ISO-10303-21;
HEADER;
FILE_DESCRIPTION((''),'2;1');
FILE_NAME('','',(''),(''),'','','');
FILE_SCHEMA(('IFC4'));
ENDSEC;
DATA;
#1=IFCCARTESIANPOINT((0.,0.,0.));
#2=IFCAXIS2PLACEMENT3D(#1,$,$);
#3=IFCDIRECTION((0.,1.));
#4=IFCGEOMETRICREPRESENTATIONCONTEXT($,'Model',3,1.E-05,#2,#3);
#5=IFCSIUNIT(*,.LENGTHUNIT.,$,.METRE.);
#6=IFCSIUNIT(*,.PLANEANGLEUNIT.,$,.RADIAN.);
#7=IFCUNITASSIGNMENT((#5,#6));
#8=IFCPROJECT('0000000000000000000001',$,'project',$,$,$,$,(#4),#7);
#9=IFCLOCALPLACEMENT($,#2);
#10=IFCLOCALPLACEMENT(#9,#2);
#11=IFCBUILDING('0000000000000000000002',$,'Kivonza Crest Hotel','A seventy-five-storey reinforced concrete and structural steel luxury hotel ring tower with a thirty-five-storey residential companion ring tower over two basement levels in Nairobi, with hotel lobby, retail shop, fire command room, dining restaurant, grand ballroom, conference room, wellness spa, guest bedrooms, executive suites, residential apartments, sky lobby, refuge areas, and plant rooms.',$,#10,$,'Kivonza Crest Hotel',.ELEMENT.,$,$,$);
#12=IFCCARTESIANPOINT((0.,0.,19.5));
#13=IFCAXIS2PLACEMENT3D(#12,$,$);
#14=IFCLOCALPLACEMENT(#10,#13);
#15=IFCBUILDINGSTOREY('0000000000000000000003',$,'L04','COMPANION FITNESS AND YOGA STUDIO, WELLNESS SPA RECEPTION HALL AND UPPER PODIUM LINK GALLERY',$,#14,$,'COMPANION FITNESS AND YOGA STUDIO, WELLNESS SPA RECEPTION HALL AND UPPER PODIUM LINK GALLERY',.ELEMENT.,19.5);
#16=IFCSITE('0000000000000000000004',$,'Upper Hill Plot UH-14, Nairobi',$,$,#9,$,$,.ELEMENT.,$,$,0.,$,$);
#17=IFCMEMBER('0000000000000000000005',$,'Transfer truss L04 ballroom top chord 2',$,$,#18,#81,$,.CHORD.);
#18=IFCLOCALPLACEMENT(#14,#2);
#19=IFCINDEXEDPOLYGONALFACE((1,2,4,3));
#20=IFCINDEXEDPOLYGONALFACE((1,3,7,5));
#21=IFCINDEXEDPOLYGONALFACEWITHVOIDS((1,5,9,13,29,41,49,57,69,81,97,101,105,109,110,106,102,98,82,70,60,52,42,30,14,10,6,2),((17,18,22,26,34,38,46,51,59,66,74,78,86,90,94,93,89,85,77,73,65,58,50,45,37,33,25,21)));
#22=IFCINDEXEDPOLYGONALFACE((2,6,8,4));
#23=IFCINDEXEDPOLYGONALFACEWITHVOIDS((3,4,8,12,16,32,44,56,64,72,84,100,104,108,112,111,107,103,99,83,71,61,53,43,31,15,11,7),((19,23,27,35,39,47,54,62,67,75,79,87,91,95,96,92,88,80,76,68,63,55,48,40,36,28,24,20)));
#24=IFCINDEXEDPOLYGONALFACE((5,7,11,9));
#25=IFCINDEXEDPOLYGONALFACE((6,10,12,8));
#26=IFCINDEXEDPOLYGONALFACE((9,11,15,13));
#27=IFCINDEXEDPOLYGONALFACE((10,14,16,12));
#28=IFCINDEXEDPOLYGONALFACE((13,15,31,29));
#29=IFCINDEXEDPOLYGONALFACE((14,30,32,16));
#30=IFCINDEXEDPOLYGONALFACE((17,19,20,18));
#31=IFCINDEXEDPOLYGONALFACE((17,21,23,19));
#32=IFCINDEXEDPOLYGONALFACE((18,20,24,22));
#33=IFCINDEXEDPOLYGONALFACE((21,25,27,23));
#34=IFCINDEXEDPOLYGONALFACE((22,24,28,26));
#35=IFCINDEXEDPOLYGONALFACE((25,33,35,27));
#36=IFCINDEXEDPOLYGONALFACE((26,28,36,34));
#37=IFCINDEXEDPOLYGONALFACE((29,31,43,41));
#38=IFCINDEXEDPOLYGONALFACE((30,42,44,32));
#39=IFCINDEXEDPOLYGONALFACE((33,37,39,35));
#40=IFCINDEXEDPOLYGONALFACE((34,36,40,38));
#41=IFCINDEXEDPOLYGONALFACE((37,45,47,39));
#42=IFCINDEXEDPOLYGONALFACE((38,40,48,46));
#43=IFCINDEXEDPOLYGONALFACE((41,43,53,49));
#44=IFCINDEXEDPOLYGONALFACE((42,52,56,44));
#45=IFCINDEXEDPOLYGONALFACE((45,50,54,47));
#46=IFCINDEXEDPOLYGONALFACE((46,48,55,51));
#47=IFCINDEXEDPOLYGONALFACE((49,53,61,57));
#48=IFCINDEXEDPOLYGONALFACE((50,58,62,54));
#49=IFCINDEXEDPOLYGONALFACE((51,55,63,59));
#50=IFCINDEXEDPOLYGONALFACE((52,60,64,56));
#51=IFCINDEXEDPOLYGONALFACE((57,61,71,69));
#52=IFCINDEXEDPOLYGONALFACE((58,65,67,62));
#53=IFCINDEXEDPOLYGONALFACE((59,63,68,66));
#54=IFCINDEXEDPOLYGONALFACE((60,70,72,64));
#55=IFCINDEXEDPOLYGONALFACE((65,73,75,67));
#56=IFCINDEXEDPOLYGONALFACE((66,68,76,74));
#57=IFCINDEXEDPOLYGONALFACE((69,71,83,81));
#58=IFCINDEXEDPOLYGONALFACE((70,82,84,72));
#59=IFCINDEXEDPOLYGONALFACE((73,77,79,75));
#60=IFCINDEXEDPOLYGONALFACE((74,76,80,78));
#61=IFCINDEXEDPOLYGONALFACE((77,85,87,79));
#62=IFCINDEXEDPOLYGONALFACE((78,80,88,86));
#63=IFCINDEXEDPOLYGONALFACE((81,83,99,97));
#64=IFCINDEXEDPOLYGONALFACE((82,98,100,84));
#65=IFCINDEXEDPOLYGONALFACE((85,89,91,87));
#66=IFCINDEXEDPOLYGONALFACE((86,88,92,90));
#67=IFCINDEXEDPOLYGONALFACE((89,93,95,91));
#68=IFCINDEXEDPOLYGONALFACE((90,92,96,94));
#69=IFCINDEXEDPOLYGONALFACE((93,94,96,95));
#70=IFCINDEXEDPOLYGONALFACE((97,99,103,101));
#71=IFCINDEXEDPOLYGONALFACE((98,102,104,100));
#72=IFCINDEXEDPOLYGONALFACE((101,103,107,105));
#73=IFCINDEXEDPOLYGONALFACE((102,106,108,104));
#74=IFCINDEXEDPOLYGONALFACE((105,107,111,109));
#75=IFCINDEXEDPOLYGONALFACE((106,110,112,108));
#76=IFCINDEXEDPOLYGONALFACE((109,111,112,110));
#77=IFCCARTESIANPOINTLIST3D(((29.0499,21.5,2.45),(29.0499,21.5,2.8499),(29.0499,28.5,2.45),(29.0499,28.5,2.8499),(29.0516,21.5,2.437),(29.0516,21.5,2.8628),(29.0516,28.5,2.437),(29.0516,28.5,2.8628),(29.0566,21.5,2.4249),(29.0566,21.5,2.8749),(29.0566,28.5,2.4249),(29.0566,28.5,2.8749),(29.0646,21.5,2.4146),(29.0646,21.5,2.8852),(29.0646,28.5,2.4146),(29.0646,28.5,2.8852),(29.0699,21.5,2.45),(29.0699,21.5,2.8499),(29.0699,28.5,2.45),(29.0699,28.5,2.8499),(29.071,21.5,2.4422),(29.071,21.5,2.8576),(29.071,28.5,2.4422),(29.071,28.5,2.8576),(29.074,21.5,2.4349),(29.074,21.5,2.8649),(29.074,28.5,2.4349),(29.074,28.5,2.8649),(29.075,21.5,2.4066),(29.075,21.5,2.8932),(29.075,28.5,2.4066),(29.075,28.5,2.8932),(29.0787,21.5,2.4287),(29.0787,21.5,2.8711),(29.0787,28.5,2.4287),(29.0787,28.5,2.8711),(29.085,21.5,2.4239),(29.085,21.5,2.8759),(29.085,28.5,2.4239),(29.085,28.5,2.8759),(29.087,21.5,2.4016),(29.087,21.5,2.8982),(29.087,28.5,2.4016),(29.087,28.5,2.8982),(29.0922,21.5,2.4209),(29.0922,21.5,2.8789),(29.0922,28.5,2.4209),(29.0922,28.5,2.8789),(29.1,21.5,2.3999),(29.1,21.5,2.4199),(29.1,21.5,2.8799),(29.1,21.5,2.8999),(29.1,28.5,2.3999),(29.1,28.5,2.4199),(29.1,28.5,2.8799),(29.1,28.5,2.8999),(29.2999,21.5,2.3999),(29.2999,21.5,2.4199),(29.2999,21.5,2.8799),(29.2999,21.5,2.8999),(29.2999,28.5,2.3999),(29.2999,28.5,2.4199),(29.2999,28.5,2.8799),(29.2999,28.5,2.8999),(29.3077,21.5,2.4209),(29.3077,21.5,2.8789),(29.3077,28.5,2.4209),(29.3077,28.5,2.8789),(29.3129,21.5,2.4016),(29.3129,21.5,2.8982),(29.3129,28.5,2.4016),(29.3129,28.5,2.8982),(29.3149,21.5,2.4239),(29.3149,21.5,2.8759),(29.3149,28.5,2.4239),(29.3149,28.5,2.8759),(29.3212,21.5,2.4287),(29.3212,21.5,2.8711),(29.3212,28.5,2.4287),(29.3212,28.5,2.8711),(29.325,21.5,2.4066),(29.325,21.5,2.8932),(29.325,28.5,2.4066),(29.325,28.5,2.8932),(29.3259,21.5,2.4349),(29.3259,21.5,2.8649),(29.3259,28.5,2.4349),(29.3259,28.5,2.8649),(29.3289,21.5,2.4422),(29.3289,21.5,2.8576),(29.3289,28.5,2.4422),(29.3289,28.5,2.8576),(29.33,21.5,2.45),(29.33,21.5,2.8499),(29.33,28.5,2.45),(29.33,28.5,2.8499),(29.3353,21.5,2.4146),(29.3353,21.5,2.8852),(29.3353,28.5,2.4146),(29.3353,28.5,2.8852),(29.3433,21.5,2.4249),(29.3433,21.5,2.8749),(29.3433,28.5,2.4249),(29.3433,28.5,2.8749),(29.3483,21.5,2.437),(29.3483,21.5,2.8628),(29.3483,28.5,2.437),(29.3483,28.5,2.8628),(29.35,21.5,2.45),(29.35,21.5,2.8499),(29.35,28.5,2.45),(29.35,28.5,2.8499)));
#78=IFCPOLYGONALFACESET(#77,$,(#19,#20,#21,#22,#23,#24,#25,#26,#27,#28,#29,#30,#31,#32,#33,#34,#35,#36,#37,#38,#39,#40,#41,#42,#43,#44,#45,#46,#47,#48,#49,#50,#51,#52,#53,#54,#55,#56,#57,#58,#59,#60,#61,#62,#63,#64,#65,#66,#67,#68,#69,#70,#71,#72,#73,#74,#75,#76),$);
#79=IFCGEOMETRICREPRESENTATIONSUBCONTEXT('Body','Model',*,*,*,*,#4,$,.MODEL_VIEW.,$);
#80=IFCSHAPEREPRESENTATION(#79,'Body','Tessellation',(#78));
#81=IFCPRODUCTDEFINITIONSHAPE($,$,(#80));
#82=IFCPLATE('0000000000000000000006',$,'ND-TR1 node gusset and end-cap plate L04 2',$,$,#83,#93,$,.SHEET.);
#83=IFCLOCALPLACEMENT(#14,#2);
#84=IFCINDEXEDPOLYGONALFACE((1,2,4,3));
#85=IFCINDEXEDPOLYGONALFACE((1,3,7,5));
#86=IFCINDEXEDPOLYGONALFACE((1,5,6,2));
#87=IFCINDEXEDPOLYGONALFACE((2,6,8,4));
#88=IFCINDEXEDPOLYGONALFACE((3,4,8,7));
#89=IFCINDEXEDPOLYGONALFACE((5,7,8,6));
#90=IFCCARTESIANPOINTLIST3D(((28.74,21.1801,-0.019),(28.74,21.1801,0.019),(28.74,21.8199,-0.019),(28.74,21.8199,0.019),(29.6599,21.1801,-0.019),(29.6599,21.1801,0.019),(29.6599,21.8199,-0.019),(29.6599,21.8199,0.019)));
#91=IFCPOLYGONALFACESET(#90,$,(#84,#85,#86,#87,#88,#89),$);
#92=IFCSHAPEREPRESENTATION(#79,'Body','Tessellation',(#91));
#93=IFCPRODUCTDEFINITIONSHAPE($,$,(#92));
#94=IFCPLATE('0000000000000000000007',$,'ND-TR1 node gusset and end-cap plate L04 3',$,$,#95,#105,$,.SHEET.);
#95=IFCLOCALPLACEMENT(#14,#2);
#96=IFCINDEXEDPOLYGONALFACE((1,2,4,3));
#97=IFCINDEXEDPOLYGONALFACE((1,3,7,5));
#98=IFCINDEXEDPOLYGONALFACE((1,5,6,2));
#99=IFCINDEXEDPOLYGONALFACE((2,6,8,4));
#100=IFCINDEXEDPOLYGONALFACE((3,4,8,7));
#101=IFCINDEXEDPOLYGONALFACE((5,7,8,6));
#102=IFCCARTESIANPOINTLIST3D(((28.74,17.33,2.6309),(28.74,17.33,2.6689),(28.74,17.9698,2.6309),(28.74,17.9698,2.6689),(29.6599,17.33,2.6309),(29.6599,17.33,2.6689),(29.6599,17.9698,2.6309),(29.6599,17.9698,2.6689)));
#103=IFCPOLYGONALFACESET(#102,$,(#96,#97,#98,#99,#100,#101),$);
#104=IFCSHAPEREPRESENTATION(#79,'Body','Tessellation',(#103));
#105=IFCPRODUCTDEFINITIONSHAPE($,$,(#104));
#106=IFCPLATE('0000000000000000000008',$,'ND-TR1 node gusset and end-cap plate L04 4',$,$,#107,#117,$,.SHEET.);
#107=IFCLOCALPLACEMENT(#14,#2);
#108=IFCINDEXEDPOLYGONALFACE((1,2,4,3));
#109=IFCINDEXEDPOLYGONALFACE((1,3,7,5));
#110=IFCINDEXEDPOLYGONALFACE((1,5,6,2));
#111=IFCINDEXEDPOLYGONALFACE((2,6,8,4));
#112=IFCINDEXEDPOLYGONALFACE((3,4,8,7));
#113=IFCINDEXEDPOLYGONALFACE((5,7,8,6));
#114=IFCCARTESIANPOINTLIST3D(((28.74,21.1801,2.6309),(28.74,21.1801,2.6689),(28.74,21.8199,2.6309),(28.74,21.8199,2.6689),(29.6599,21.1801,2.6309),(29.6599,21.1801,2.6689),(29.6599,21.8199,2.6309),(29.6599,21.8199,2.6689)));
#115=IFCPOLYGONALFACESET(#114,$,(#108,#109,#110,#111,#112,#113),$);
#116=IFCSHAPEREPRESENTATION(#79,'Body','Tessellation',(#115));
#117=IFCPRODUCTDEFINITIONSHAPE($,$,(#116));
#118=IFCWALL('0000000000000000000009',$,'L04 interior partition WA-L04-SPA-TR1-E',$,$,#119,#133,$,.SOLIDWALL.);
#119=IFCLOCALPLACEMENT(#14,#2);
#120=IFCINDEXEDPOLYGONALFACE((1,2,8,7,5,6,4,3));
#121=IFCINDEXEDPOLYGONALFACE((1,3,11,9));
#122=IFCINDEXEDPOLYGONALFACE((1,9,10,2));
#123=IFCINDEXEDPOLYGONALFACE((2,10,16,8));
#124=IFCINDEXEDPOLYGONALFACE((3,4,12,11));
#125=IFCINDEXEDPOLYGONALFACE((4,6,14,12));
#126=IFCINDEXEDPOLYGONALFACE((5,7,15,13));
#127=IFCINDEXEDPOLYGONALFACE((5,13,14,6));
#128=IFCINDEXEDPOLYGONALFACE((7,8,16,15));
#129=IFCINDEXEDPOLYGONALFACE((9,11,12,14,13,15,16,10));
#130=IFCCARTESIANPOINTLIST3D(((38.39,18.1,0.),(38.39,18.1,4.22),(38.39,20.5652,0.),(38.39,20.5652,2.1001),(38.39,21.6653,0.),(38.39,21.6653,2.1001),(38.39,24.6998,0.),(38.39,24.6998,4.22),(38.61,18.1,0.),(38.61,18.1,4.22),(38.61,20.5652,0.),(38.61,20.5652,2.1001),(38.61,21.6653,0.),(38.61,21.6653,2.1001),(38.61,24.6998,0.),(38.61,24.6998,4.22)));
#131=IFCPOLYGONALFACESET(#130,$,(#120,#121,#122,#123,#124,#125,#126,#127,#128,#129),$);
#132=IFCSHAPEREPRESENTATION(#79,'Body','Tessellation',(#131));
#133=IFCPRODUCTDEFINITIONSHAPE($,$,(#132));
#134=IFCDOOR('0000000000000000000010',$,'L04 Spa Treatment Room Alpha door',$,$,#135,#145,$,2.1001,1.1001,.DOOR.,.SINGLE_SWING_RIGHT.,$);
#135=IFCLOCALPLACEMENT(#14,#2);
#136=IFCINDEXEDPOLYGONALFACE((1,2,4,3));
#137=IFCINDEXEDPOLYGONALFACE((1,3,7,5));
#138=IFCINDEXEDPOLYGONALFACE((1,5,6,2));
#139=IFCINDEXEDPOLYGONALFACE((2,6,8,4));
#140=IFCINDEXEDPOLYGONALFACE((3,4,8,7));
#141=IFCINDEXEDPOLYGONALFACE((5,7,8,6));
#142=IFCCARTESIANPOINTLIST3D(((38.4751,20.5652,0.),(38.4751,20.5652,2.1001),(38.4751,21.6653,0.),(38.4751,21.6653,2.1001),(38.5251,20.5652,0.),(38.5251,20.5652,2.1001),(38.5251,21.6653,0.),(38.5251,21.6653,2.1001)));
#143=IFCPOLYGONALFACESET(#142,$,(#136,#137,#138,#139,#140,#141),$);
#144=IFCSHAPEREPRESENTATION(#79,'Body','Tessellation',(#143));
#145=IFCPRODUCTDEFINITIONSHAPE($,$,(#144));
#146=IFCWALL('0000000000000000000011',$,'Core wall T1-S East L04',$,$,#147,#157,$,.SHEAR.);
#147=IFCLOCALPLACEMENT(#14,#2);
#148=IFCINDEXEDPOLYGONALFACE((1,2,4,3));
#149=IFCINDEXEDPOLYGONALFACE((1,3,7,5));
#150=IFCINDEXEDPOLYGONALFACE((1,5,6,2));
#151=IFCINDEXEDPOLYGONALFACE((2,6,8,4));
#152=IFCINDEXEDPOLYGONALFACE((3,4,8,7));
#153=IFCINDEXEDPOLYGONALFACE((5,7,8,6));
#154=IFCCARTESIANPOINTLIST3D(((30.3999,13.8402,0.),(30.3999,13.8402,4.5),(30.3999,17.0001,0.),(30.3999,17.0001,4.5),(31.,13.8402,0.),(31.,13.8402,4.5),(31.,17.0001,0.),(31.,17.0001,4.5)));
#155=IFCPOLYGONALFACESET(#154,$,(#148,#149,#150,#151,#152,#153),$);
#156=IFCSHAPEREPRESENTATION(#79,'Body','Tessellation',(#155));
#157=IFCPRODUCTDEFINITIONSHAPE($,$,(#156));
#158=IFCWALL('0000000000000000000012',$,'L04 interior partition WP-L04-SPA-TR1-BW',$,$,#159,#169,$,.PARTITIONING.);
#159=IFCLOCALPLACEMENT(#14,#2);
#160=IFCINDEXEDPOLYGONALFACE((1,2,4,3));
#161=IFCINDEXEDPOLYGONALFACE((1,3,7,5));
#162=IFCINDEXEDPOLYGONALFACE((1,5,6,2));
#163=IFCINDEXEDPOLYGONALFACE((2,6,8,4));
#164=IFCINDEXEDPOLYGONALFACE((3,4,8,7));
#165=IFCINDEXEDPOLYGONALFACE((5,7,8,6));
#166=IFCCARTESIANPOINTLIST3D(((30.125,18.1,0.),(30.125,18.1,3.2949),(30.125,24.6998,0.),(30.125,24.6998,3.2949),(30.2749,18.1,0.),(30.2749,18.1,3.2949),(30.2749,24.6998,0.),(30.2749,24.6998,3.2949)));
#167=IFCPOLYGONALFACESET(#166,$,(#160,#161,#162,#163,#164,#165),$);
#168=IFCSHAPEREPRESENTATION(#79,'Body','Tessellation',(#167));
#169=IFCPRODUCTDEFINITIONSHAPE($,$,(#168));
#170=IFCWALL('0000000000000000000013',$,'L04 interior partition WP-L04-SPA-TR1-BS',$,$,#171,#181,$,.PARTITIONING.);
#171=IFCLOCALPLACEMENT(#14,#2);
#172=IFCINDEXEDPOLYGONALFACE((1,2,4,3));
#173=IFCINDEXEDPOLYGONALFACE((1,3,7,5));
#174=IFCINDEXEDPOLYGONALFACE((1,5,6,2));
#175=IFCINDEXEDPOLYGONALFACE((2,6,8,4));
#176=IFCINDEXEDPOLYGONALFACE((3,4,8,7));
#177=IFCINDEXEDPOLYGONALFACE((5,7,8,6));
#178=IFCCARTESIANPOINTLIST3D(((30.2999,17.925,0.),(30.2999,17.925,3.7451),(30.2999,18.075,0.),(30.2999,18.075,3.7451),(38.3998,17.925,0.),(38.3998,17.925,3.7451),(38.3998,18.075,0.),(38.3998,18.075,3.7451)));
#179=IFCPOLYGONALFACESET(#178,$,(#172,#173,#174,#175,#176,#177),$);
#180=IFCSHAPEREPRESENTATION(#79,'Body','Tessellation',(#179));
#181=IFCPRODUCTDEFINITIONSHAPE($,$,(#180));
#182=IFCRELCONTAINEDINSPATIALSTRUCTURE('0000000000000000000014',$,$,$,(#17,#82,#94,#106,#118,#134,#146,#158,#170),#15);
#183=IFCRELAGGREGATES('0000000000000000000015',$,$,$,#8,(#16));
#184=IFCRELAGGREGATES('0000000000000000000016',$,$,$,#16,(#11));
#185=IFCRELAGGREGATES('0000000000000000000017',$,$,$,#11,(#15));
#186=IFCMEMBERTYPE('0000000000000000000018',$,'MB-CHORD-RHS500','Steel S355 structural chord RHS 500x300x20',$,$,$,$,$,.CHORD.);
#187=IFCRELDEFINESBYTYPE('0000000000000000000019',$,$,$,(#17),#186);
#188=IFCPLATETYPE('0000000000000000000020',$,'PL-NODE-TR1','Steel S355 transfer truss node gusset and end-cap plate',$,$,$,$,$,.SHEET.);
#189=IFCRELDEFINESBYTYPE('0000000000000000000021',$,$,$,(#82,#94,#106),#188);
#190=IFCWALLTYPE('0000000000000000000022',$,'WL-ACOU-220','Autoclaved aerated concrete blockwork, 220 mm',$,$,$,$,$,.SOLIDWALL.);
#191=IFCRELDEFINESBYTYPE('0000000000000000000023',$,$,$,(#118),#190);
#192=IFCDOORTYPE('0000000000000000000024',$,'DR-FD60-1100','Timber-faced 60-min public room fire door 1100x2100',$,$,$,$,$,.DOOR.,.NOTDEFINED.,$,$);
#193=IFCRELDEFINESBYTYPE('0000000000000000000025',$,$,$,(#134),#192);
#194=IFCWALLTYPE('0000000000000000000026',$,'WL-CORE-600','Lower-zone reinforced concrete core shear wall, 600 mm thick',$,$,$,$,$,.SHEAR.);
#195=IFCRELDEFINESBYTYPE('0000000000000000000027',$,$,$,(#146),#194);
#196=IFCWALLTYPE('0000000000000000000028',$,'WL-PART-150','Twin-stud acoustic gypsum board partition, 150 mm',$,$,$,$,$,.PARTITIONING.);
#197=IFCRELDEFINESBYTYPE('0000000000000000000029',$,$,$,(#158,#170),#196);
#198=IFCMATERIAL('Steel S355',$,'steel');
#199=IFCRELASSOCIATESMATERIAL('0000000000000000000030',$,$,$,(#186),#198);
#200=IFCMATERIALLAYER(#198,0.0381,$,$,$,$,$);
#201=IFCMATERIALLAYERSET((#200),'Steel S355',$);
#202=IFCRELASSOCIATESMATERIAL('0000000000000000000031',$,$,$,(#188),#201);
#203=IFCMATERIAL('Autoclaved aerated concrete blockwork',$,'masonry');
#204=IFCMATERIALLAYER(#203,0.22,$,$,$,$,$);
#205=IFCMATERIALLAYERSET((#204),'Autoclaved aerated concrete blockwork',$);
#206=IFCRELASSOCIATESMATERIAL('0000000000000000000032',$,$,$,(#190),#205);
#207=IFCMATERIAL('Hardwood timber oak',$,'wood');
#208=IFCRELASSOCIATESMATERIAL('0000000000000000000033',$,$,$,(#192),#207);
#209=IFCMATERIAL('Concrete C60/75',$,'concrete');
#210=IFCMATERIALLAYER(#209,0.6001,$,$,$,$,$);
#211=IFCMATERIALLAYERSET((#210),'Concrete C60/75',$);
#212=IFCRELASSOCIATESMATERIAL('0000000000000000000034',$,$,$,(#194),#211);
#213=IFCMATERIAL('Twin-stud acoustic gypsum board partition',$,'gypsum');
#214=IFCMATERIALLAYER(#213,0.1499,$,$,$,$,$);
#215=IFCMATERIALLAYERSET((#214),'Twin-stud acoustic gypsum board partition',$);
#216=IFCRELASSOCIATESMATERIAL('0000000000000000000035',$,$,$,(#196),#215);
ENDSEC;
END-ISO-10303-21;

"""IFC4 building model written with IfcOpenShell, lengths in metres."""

from ifc_helpers import new_model, si_unit, direction, frame, frame_2d, origin, origin_2d, place, context, subcontext, project, spatial, rectangle, hollow_rectangle, extrude, material, layer, layer_set, material_profile, profile_set, type_object, element, fill, save


model = new_model("IFC4")

# Units and contexts
model_context = context("Model", 3, precision=1e-05, world=origin(), true_north=direction((0.0, 1.0)))
body_context = subcontext(model_context, "Body", "Model", "MODEL_VIEW")
ifc_project = project(units=[si_unit("LENGTHUNIT", "METRE"), si_unit("PLANEANGLEUNIT", "RADIAN")], contexts=[model_context])

# Site, building, storey
site_placement = place(None, origin())
site = spatial("IfcSite", under=ifc_project, at=site_placement, Name="Upper Hill Plot UH-14, Nairobi", CompositionType="ELEMENT", RefElevation=0.0)
building_placement = place(site_placement, origin())
building = spatial("IfcBuilding", under=site, at=building_placement, Name="Kivonza Crest Hotel", Description="A seventy-five-storey reinforced concrete and structural steel luxury hotel ring tower with a thirty-five-storey residential companion ring tower over two basement levels in Nairobi, with hotel lobby, retail shop, fire command room, dining restaurant, grand ballroom, conference room, wellness spa, guest bedrooms, executive suites, residential apartments, sky lobby, refuge areas, and plant rooms.", LongName="Kivonza Crest Hotel", CompositionType="ELEMENT")
storey_placement = place(building_placement, frame((0.0, 0.0, 19.5)))
storey = spatial("IfcBuildingStorey", under=building, at=storey_placement, Name="L04", Description="COMPANION FITNESS AND YOGA STUDIO, WELLNESS SPA RECEPTION HALL AND UPPER PODIUM LINK GALLERY", LongName="COMPANION FITNESS AND YOGA STUDIO, WELLNESS SPA RECEPTION HALL AND UPPER PODIUM LINK GALLERY", CompositionType="ELEMENT", Elevation=19.5)

# Shared definitions
ifc_material_1 = material(Name="Concrete C60/75", Category="concrete")
ifc_material_2 = material(Name="Steel S355", Category="steel")

# Member
ifc_material_profile_1 = material_profile(ifc_material_2, hollow_rectangle(XDim=0.3, YDim=0.5, WallThickness=0.02, InnerFilletRadius=0.03, OuterFilletRadius=0.05, at=origin_2d()), Name="RHS 500x300x20")
ifc_profile_set_1 = profile_set([ifc_material_profile_1], Name="Steel S355")
member_type_1 = type_object("IfcMemberType", Name="MB-CHORD-RHS500", Description="Steel S355 structural chord RHS 500x300x20", PredefinedType="CHORD", material=ifc_profile_set_1)
for number, where, z_axis, x_axis, name in (
    (1, (29.2, 21.5, 2.6499), (0.0, 1.0, 0.0), (-1.0, 0.0, 0.0), "Transfer truss L04 ballroom top chord 2"),
):
    element("IfcMember", number, at=place(storey_placement, frame(where, z_axis=z_axis, x_axis=x_axis)), inside=storey, type_object=member_type_1, Name=name, PredefinedType="CHORD", context=body_context, shape_type="SweptSolid", body=[
        extrude(hollow_rectangle(XDim=0.3, YDim=0.5, WallThickness=0.02, InnerFilletRadius=0.03, OuterFilletRadius=0.05, at=origin_2d()), origin(), (0.0, 0.0, 1.0), 7.0),
    ])

# Plates
ifc_layer_1 = layer(ifc_material_2, 0.0381)
ifc_layer_set_1 = layer_set([ifc_layer_1], Name="Steel S355")
plate_type = type_object("IfcPlateType", Name="PL-NODE-TR1", Description="Steel S355 transfer truss node gusset and end-cap plate", PredefinedType="SHEET", material=ifc_layer_set_1)
for number, where, z_axis, x_axis, name in (
    (2, (29.2, 21.5, -0.019), (0.0, 0.0, 1.0), (1.0, 0.0, 0.0), "ND-TR1 node gusset and end-cap plate L04 2"),
    (3, (29.2, 17.6499, 2.6309), (0.0, 0.0, 1.0), (1.0, 0.0, 0.0), "ND-TR1 node gusset and end-cap plate L04 3"),
    (4, (29.2, 21.5, 2.6309), (0.0, 0.0, 1.0), (1.0, 0.0, 0.0), "ND-TR1 node gusset and end-cap plate L04 4"),
):
    element("IfcPlate", number, at=place(storey_placement, frame(where, z_axis=z_axis, x_axis=x_axis)), inside=storey, type_object=plate_type, Name=name, PredefinedType="SHEET", context=body_context, shape_type="SweptSolid", body=[
        extrude(rectangle(XDim=0.9199, YDim=0.6399, at=origin_2d()), origin(), (0.0, 0.0, 1.0), 0.0381),
    ])

# Wall, opening, door
ifc_material_3 = material(Name="Autoclaved aerated concrete blockwork", Category="masonry")
ifc_layer_2 = layer(ifc_material_3, 0.22)
ifc_layer_set_2 = layer_set([ifc_layer_2], Name="Autoclaved aerated concrete blockwork")
wall_type_1 = type_object("IfcWallType", Name="WL-ACOU-220", Description="Autoclaved aerated concrete blockwork, 220 mm", PredefinedType="SOLIDWALL", material=ifc_layer_set_2)
wall_1_placement = place(storey_placement, frame((38.5, 18.1001, 0.0), z_axis=(0.0, 0.0, 1.0), x_axis=(0.0, 1.0, 0.0)))
wall_1 = element("IfcWall", 5, at=wall_1_placement, inside=storey, type_object=wall_type_1, Name="L04 interior partition WA-L04-SPA-TR1-E", PredefinedType="SOLIDWALL", context=body_context, shape_type="SweptSolid", body=[
    extrude(rectangle(XDim=6.5999, YDim=0.22, at=frame_2d((3.2998, 0.0))), origin(), (0.0, 0.0, 1.0), 4.22),
])
opening_placement = place(wall_1_placement, frame((2.4651, 0.0, 0.0)))
opening = element("IfcOpeningElement", 6, at=opening_placement, cuts=wall_1, PredefinedType="OPENING", context=body_context, shape_type="SweptSolid", body=[
    extrude(rectangle(XDim=1.1001, YDim=2.1001, at=frame_2d((0.55, 1.05))), frame((0.0, 0.1201, 0.0), z_axis=(0.0, -1.0, 0.0), x_axis=(1.0, 0.0, 0.0)), (0.0, 0.0, 1.0), 0.24),
])
ifc_material_4 = material(Name="Hardwood timber oak", Category="wood")
door_type = type_object("IfcDoorType", Name="DR-FD60-1100", Description="Timber-faced 60-min public room fire door 1100x2100", OperationType="NOTDEFINED", PredefinedType="DOOR", material=ifc_material_4)
door_placement = place(opening_placement, origin())
door = element("IfcDoor", 7, at=door_placement, inside=storey, type_object=door_type, Name="L04 Spa Treatment Room Alpha door", OperationType="SINGLE_SWING_RIGHT", OverallHeight=2.1001, OverallWidth=1.1001, PredefinedType="DOOR", context=body_context, shape_type="SweptSolid", body=[
    extrude(rectangle(XDim=1.1001, YDim=2.1001, at=frame_2d((0.55, 1.05))), frame((0.0, 0.0249, 0.0), z_axis=(0.0, -1.0, 0.0), x_axis=(1.0, 0.0, 0.0)), (0.0, 0.0, 1.0), 0.05),
])
fill(opening, door)

# Walls
ifc_layer_3 = layer(ifc_material_1, 0.6001)
ifc_layer_set_3 = layer_set([ifc_layer_3], Name="Concrete C60/75")
wall_type_2 = type_object("IfcWallType", Name="WL-CORE-600", Description="Lower-zone reinforced concrete core shear wall, 600 mm thick", PredefinedType="SHEAR", material=ifc_layer_set_3)
wall_2_placement = place(storey_placement, frame((30.7, 13.8401, 0.0), z_axis=(0.0, 0.0, 1.0), x_axis=(0.0, 1.0, 0.0)))
element("IfcWall", 8, at=wall_2_placement, inside=storey, type_object=wall_type_2, Name="Core wall T1-S East L04", PredefinedType="SHEAR", context=body_context, shape_type="SweptSolid", body=[
    extrude(rectangle(XDim=3.1599, YDim=0.6001, at=frame_2d((1.5801, 0.0))), origin(), (0.0, 0.0, 1.0), 4.5),
])
ifc_material_5 = material(Name="Twin-stud acoustic gypsum board partition", Category="gypsum")
ifc_layer_4 = layer(ifc_material_5, 0.1499)
ifc_layer_set_4 = layer_set([ifc_layer_4], Name="Twin-stud acoustic gypsum board partition")
wall_type_3 = type_object("IfcWallType", Name="WL-PART-150", Description="Twin-stud acoustic gypsum board partition, 150 mm", PredefinedType="PARTITIONING", material=ifc_layer_set_4)
wall_3_placement = place(storey_placement, frame((30.2, 18.1001, 0.0), z_axis=(0.0, 0.0, 1.0), x_axis=(0.0, 1.0, 0.0)))
element("IfcWall", 9, at=wall_3_placement, inside=storey, type_object=wall_type_3, Name="L04 interior partition WP-L04-SPA-TR1-BW", PredefinedType="PARTITIONING", context=body_context, shape_type="SweptSolid", body=[
    extrude(rectangle(XDim=6.5999, YDim=0.1499, at=frame_2d((3.2998, 0.0))), origin(), (0.0, 0.0, 1.0), 3.2949),
])
wall_4_placement = place(storey_placement, frame((30.3, 18.0, 0.0), z_axis=(0.0, 0.0, 1.0), x_axis=(1.0, 0.0, 0.0)))
element("IfcWall", 10, at=wall_4_placement, inside=storey, type_object=wall_type_3, Name="L04 interior partition WP-L04-SPA-TR1-BS", PredefinedType="PARTITIONING", context=body_context, shape_type="SweptSolid", body=[
    extrude(rectangle(XDim=8.0999, YDim=0.1499, at=frame_2d((4.0498, 0.0))), origin(), (0.0, 0.0, 1.0), 3.7451),
])

save(model, "model.ifc")
